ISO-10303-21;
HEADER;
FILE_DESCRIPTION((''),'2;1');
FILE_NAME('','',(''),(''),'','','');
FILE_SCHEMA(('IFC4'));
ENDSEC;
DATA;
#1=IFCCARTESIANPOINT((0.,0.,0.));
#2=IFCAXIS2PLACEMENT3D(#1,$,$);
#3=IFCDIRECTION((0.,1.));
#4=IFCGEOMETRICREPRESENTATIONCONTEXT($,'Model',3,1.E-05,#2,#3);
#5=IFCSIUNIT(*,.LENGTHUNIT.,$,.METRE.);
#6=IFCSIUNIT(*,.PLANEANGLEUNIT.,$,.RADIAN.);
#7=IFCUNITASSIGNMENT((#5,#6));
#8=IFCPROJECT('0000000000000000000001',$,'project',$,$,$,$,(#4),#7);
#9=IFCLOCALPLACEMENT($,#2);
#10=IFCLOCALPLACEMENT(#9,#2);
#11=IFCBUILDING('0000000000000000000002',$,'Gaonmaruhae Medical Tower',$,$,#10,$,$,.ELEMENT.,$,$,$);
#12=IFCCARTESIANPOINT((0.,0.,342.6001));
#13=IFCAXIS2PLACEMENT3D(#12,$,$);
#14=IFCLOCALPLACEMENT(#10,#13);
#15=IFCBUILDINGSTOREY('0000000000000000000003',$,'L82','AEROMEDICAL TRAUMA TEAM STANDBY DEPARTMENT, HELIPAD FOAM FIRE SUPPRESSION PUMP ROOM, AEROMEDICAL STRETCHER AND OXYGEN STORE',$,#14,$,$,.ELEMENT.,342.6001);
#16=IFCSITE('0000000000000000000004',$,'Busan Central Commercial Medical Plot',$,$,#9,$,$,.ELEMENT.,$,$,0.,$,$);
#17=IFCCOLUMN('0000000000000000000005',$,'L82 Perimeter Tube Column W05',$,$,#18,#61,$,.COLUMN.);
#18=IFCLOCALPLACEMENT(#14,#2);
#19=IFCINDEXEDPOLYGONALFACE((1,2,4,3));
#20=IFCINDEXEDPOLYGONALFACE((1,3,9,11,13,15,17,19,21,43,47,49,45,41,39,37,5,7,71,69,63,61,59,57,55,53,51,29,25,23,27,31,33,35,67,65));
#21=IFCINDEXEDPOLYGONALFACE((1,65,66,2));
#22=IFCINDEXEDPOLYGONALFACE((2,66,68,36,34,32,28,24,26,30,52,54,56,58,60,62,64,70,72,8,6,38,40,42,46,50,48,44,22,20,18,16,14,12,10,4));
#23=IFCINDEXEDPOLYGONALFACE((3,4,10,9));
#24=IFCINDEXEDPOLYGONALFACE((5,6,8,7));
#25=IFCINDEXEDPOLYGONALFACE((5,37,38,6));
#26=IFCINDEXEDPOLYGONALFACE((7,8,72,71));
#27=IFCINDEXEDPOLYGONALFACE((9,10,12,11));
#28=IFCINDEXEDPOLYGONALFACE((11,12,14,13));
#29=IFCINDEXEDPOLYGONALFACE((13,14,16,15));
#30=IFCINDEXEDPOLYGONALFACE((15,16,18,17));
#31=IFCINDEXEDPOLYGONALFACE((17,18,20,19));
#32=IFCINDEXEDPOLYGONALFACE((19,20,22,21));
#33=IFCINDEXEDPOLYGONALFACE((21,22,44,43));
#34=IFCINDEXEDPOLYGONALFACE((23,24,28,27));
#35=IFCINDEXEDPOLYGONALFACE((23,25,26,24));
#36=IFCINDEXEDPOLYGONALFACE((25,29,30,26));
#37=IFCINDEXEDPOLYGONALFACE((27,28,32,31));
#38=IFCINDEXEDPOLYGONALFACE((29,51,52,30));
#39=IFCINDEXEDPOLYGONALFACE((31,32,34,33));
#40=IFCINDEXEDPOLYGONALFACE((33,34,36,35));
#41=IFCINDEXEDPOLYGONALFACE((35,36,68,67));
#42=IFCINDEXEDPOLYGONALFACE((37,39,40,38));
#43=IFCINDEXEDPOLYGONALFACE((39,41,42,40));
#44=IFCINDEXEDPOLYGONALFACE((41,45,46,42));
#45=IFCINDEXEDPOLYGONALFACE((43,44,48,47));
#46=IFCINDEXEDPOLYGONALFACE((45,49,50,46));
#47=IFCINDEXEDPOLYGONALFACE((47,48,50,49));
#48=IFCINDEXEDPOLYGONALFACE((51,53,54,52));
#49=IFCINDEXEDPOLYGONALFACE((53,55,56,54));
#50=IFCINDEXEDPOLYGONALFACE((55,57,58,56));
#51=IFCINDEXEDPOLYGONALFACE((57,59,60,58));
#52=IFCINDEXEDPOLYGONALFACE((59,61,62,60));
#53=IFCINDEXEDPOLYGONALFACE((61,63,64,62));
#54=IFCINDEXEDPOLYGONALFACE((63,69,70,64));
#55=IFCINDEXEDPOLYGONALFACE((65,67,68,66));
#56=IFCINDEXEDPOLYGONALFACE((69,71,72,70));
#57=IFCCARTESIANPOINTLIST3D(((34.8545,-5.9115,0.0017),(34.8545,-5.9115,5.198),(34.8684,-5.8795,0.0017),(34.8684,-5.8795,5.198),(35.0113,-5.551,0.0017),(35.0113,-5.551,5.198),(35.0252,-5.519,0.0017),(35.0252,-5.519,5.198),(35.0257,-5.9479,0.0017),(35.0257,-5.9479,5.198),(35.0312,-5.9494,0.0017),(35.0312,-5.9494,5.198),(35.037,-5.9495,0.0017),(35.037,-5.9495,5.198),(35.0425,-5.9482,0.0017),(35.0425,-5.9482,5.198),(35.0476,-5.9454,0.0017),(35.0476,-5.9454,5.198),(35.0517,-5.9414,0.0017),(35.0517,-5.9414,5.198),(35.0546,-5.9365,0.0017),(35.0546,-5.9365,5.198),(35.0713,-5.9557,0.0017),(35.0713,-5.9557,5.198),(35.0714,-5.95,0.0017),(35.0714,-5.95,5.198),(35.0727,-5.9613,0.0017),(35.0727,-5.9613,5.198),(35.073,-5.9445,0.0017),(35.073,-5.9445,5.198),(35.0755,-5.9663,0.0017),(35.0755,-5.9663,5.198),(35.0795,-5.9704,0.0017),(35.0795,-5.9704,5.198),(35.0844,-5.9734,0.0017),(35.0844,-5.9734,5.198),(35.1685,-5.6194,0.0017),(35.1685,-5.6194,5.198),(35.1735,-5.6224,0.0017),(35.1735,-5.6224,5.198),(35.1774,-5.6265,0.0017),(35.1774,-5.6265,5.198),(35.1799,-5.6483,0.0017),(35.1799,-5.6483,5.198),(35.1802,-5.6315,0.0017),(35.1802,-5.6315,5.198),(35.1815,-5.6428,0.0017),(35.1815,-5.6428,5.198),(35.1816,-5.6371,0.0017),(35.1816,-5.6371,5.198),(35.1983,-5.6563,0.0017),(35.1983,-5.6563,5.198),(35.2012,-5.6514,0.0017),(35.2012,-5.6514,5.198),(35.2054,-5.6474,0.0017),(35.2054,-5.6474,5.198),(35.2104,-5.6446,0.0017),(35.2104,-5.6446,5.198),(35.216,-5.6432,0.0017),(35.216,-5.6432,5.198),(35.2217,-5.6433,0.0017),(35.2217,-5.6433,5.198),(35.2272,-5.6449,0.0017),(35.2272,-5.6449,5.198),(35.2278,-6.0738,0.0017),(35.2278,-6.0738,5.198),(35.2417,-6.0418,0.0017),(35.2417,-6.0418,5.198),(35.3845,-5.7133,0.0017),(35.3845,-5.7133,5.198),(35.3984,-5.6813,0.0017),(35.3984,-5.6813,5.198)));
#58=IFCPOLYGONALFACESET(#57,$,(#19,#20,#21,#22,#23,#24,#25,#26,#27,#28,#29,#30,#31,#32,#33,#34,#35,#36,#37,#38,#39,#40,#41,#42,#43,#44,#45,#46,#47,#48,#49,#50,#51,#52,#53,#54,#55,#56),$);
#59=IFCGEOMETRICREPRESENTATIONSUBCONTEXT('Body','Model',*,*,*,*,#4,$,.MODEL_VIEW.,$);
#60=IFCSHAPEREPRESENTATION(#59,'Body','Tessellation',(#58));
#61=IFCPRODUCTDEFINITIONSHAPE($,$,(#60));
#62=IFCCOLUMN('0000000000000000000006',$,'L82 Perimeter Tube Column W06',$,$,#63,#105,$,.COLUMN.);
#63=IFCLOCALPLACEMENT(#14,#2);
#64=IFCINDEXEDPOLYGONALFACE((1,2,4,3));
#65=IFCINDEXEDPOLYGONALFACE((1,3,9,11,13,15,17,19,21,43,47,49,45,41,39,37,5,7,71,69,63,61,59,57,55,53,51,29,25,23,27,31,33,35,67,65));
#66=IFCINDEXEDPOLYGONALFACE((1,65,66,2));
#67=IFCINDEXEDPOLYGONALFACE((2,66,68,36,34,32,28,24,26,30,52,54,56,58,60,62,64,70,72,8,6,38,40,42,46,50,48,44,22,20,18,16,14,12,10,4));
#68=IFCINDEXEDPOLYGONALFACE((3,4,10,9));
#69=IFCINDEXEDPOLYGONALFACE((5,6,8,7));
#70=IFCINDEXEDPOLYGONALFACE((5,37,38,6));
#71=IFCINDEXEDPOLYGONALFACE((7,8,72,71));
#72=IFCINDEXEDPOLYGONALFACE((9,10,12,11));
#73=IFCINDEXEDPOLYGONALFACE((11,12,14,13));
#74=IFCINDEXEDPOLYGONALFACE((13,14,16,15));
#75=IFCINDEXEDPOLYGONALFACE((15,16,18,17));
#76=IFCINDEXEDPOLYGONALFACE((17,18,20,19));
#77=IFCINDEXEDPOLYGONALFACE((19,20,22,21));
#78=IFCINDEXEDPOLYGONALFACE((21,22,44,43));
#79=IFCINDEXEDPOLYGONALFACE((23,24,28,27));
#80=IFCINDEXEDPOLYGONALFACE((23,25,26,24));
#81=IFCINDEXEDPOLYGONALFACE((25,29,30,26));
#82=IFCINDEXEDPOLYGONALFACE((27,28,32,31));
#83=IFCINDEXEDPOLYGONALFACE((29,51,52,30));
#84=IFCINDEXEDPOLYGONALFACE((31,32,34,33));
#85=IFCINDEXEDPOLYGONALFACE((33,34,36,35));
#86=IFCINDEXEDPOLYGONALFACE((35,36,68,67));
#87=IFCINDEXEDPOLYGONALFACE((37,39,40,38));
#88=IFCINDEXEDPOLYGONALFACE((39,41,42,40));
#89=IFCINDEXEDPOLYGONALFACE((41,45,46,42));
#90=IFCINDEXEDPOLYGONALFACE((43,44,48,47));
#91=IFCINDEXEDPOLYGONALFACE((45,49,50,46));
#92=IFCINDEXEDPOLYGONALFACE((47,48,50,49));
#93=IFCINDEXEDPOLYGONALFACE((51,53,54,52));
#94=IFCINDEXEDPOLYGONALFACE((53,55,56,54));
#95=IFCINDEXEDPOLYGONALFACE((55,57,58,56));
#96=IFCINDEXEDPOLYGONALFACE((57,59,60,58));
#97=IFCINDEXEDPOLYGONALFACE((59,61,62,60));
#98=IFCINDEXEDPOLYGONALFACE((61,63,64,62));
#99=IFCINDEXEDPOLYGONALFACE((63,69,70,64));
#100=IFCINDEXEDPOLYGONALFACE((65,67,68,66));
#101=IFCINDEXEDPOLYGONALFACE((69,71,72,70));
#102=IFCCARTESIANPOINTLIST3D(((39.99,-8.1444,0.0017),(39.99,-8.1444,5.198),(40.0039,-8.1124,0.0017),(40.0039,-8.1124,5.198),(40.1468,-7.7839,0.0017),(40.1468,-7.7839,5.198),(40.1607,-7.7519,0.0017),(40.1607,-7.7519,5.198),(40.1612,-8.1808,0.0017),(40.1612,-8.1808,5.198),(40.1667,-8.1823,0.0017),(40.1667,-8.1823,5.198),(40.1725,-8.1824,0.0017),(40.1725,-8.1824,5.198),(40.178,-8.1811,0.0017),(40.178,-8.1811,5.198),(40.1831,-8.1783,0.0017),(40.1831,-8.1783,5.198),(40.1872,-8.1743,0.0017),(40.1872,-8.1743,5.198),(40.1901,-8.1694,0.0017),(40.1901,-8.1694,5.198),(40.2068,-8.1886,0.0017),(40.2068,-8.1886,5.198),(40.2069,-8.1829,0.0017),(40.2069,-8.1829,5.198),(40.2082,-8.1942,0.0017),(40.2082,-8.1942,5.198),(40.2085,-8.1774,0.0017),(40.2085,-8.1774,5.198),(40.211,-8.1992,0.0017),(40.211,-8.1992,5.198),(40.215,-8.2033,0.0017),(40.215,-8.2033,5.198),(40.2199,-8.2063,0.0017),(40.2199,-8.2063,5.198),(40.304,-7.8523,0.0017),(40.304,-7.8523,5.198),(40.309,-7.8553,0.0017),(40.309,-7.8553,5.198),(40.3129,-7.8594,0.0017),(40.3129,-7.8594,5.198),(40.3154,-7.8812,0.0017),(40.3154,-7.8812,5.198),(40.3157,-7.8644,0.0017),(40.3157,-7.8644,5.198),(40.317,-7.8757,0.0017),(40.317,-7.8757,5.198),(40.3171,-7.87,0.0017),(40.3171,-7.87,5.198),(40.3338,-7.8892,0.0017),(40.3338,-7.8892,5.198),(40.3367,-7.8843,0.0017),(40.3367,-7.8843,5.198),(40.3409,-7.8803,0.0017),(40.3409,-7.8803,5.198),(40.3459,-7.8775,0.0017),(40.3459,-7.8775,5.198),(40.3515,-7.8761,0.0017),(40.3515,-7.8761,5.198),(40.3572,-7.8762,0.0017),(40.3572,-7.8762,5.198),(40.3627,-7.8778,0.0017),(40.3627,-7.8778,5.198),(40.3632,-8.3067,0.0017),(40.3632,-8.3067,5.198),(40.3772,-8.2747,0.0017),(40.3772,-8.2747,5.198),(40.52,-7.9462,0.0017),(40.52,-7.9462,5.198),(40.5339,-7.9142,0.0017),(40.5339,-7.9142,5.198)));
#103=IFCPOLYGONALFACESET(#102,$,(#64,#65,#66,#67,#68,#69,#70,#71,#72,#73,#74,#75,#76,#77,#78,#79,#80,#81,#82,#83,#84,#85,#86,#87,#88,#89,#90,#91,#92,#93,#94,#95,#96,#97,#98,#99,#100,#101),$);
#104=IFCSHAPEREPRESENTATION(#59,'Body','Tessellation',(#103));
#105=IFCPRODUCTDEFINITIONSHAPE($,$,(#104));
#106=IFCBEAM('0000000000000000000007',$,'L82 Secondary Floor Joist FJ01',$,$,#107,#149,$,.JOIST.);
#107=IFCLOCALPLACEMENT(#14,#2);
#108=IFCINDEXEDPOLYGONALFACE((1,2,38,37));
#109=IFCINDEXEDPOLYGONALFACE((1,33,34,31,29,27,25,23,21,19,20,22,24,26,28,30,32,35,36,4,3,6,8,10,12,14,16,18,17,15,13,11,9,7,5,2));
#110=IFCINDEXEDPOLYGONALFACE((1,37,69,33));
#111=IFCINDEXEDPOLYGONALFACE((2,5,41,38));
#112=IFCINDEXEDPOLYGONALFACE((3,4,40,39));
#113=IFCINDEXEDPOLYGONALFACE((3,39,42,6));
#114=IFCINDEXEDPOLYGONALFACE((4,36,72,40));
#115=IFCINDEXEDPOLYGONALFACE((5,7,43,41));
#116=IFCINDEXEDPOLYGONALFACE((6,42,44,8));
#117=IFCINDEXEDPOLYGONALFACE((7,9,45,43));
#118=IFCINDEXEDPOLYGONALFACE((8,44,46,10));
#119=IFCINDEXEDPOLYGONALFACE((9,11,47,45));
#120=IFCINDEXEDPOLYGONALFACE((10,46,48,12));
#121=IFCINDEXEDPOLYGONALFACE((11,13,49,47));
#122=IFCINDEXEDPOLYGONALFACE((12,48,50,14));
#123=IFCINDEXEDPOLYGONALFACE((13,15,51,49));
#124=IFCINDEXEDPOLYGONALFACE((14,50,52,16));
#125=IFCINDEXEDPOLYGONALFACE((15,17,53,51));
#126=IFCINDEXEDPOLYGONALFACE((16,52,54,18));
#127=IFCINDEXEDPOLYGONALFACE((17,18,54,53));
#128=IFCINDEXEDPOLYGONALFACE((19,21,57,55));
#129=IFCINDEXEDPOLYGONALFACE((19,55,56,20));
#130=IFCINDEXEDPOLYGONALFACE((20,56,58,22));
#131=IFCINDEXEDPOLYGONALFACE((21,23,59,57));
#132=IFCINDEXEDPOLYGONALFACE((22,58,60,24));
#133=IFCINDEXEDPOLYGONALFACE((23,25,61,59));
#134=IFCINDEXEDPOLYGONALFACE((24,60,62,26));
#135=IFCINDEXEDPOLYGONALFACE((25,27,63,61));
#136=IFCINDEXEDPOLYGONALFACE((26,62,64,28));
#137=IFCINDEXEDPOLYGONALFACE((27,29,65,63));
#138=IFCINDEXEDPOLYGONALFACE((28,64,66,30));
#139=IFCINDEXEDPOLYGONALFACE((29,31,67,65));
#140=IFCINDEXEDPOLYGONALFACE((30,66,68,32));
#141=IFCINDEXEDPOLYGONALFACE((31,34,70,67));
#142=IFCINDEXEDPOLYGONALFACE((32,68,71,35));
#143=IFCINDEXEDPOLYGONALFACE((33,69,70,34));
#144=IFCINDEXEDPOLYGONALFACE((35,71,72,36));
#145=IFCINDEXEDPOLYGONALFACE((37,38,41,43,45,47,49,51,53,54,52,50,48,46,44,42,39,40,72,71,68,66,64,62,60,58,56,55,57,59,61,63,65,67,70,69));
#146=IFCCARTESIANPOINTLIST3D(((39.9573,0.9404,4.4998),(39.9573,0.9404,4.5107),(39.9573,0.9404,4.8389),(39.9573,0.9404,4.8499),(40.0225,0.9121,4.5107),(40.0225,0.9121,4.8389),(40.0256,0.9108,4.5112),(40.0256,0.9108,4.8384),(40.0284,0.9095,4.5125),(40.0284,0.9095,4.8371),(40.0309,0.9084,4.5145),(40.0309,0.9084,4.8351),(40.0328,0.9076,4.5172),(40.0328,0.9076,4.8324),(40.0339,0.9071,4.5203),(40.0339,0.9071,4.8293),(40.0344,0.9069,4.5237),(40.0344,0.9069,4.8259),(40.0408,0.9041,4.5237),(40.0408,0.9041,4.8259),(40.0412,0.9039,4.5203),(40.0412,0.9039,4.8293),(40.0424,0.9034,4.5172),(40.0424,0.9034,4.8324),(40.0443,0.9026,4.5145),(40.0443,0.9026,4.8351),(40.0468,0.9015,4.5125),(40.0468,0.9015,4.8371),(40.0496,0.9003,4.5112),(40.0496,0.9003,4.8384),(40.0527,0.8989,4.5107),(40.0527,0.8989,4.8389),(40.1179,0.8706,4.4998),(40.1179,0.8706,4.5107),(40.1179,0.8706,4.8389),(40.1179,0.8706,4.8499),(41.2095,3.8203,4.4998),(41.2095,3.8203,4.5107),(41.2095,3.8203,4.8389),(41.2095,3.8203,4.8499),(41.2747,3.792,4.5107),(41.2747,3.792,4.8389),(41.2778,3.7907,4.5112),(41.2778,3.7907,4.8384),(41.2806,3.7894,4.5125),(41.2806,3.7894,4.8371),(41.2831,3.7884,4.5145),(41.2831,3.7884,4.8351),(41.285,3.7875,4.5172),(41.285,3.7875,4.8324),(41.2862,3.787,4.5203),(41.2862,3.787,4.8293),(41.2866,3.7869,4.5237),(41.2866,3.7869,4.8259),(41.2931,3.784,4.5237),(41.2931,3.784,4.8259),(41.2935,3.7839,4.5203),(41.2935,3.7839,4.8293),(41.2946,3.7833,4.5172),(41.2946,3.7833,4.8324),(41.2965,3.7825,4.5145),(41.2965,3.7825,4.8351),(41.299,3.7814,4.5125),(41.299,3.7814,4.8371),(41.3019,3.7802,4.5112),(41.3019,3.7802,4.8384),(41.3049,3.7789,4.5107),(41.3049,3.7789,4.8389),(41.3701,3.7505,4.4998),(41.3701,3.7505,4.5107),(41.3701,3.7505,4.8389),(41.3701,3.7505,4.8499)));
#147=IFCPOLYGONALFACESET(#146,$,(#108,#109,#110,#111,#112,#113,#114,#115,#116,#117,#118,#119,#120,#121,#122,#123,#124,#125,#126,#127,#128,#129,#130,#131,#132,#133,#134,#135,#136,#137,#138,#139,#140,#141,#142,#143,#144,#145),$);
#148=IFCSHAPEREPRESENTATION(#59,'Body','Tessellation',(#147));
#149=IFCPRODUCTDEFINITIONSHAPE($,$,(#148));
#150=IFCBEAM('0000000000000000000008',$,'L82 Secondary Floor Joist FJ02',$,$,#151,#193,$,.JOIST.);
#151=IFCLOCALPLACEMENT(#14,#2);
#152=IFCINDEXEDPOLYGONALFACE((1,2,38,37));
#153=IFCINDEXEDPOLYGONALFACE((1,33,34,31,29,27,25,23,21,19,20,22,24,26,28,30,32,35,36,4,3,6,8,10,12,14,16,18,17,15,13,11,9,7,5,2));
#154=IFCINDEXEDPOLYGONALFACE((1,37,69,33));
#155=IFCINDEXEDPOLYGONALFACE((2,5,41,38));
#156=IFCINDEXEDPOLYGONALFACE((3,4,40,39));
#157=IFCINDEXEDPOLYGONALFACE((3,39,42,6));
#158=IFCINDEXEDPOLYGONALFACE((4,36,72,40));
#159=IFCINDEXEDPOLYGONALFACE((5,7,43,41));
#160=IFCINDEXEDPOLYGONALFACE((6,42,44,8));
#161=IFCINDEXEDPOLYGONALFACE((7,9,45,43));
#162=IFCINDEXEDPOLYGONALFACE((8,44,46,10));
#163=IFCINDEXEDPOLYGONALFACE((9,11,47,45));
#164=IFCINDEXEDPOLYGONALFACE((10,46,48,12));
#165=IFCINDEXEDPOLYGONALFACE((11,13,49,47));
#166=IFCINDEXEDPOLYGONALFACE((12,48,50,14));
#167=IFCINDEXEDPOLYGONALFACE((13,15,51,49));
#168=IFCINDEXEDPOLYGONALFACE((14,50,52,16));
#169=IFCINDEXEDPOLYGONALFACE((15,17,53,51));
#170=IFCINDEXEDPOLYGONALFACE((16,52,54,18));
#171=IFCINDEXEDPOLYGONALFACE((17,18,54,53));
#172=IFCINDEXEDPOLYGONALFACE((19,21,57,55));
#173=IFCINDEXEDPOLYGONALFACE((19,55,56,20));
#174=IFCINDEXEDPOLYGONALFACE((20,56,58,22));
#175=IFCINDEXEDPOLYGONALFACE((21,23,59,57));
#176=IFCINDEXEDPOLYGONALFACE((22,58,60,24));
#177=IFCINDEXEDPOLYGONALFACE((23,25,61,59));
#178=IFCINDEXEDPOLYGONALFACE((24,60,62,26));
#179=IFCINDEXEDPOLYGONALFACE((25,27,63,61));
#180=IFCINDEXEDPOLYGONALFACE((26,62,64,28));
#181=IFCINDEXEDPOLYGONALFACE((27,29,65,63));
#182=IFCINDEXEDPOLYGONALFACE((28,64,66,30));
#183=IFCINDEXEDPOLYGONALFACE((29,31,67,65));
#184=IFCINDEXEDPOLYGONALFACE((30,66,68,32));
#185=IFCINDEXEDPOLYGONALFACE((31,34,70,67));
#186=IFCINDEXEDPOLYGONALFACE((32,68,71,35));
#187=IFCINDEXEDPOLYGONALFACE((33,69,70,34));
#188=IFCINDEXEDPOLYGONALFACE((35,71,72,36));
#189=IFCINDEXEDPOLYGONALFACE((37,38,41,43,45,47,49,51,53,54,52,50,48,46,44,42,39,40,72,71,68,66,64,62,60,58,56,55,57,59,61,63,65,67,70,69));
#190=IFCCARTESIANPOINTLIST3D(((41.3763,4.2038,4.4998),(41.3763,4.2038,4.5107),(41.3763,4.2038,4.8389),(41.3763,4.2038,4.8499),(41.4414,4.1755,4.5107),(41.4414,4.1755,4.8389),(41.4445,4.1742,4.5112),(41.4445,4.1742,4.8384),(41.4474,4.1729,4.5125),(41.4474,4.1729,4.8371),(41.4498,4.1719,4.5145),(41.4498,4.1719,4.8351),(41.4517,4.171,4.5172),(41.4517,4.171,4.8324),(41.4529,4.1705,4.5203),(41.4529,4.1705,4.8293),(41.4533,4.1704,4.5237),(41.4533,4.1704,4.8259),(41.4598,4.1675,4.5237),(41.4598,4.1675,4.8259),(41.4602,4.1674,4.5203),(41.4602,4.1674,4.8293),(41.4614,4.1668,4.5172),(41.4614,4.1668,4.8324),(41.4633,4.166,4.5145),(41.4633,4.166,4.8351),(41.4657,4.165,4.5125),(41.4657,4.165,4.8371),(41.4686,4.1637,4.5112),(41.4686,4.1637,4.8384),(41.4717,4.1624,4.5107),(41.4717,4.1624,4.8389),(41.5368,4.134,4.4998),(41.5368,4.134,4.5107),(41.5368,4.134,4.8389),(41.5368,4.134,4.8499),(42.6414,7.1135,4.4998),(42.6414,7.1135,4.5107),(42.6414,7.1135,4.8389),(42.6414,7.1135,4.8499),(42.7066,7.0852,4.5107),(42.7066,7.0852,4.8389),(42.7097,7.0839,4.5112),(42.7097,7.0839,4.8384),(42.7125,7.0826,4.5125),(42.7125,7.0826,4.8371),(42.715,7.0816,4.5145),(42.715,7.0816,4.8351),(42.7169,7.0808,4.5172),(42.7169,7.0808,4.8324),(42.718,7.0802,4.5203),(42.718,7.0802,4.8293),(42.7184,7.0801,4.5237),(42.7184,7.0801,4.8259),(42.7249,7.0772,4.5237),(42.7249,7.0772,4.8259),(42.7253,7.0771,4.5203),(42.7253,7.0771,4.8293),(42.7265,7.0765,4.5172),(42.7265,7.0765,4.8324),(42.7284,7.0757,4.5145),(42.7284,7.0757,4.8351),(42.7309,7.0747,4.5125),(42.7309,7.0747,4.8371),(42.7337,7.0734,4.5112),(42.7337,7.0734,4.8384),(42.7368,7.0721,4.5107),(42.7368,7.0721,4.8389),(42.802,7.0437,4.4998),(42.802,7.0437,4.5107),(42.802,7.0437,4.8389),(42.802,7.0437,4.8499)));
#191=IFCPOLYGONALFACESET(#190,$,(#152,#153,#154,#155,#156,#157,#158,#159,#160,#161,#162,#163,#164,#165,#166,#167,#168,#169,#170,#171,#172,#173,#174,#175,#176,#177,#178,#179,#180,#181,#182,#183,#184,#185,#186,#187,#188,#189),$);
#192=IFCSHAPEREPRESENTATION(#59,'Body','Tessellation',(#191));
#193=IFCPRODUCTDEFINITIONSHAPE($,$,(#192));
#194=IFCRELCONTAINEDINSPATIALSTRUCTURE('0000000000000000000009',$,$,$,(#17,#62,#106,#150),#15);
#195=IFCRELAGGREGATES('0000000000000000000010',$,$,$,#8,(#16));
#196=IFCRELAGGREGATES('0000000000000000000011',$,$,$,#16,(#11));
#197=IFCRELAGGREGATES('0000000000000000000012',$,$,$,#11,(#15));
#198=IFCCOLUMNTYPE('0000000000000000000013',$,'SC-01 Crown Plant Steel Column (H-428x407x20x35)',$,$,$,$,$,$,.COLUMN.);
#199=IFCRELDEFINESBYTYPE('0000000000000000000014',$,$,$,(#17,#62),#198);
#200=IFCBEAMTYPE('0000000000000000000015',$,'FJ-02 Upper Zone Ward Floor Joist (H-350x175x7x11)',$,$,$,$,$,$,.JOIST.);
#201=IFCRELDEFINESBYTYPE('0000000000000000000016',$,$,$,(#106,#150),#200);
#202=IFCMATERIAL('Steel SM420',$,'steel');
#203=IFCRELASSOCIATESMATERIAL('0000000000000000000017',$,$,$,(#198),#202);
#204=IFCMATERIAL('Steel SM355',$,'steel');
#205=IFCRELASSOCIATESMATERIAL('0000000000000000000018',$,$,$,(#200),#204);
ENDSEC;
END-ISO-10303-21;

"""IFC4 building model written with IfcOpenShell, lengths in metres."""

from ifc_helpers import new_model, si_unit, direction, frame, origin, origin_2d, place, context, subcontext, project, spatial, i_section, extrude, material, material_profile, profile_set, type_object, element, save


model = new_model("IFC4")

# Units and contexts
model_context = context("Model", 3, precision=1e-05, world=origin(), true_north=direction((0.0, 1.0)))
body_context = subcontext(model_context, "Body", "Model", "MODEL_VIEW")
ifc_project = project(units=[si_unit("LENGTHUNIT", "METRE"), si_unit("PLANEANGLEUNIT", "RADIAN")], contexts=[model_context])

# Site, building, storey
site_placement = place(None, origin())
site = spatial("IfcSite", under=ifc_project, at=site_placement, Name="Busan Central Commercial Medical Plot", CompositionType="ELEMENT", RefElevation=0.0)
building_placement = place(site_placement, origin())
building = spatial("IfcBuilding", under=site, at=building_placement, Name="Gaonmaruhae Medical Tower", CompositionType="ELEMENT")
storey_placement = place(building_placement, frame((0.0, 0.0, 342.6001)))
storey = spatial("IfcBuildingStorey", under=building, at=storey_placement, Name="L82", Description="AEROMEDICAL TRAUMA TEAM STANDBY DEPARTMENT, HELIPAD FOAM FIRE SUPPRESSION PUMP ROOM, AEROMEDICAL STRETCHER AND OXYGEN STORE", CompositionType="ELEMENT", Elevation=342.6001)

# Columns
ifc_material_1 = material(Name="Steel SM420", Category="steel")
ifc_material_profile_1 = material_profile(ifc_material_1, i_section(OverallWidth=0.407, OverallDepth=0.428, WebThickness=0.02, FlangeThickness=0.0349, FilletRadius=0.022, at=origin_2d()), Name="H-428x407x20x35")
ifc_profile_set_1 = profile_set([ifc_material_profile_1], Name="Steel SM420")
column_type = type_object("IfcColumnType", Name="SC-01 Crown Plant Steel Column (H-428x407x20x35)", PredefinedType="COLUMN", material=ifc_profile_set_1)
for number, where, z_axis, x_axis, name in (
    (1, (35.1265, -5.7964, 0.0017), (0.0, 0.0, 1.0), (-0.91706, 0.398749, 0.0), "L82 Perimeter Tube Column W05"),
    (2, (40.262, -8.0293, 0.0017), (0.0, 0.0, 1.0), (-0.91706, 0.398749, 0.0), "L82 Perimeter Tube Column W06"),
):
    element("IfcColumn", number, at=place(storey_placement, frame(where, z_axis=z_axis, x_axis=x_axis)), inside=storey, type_object=column_type, Name=name, PredefinedType="COLUMN", context=body_context, shape_type="SweptSolid", body=[
        extrude(i_section(OverallWidth=0.407, OverallDepth=0.428, WebThickness=0.02, FlangeThickness=0.0349, FilletRadius=0.022, at=origin_2d()), origin(), (0.0, 0.0, 1.0), 5.1963),
    ])

# Beams
ifc_material_2 = material(Name="Steel SM355", Category="steel")
ifc_material_profile_2 = material_profile(ifc_material_2, i_section(OverallWidth=0.175, OverallDepth=0.3501, WebThickness=0.0071, FlangeThickness=0.011, FilletRadius=0.0129, at=origin_2d()), Name="H-350x175x7x11")
ifc_profile_set_2 = profile_set([ifc_material_profile_2], Name="Steel SM355")
beam_type_1 = type_object("IfcBeamType", Name="FJ-02 Upper Zone Ward Floor Joist (H-350x175x7x11)", PredefinedType="JOIST", material=ifc_profile_set_2)
beam_1_placement = place(storey_placement, frame((40.0376, 0.9055, 4.6748), z_axis=(0.398746, 0.917061, 0.0), x_axis=(-0.917061, 0.398746, 0.0)))
element("IfcBeam", 3, at=beam_1_placement, inside=storey, type_object=beam_type_1, Name="L82 Secondary Floor Joist FJ01", PredefinedType="JOIST", context=body_context, shape_type="SweptSolid", body=[
    extrude(i_section(OverallWidth=0.175, OverallDepth=0.3501, WebThickness=0.0071, FlangeThickness=0.011, FilletRadius=0.0129, at=origin_2d()), origin(), (0.0, 0.0, 1.0), 3.1404),
])
beam_2_placement = place(storey_placement, frame((41.4565, 4.1689, 4.6748), z_axis=(0.398743, 0.917063, 0.0), x_axis=(-0.917063, 0.398743, 0.0)))
element("IfcBeam", 4, at=beam_2_placement, inside=storey, type_object=beam_type_1, Name="L82 Secondary Floor Joist FJ02", PredefinedType="JOIST", context=body_context, shape_type="SweptSolid", body=[
    extrude(i_section(OverallWidth=0.175, OverallDepth=0.3501, WebThickness=0.0071, FlangeThickness=0.011, FilletRadius=0.0129, at=origin_2d()), origin(), (0.0, 0.0, 1.0), 3.1729),
])

save(model, "model.ifc")
